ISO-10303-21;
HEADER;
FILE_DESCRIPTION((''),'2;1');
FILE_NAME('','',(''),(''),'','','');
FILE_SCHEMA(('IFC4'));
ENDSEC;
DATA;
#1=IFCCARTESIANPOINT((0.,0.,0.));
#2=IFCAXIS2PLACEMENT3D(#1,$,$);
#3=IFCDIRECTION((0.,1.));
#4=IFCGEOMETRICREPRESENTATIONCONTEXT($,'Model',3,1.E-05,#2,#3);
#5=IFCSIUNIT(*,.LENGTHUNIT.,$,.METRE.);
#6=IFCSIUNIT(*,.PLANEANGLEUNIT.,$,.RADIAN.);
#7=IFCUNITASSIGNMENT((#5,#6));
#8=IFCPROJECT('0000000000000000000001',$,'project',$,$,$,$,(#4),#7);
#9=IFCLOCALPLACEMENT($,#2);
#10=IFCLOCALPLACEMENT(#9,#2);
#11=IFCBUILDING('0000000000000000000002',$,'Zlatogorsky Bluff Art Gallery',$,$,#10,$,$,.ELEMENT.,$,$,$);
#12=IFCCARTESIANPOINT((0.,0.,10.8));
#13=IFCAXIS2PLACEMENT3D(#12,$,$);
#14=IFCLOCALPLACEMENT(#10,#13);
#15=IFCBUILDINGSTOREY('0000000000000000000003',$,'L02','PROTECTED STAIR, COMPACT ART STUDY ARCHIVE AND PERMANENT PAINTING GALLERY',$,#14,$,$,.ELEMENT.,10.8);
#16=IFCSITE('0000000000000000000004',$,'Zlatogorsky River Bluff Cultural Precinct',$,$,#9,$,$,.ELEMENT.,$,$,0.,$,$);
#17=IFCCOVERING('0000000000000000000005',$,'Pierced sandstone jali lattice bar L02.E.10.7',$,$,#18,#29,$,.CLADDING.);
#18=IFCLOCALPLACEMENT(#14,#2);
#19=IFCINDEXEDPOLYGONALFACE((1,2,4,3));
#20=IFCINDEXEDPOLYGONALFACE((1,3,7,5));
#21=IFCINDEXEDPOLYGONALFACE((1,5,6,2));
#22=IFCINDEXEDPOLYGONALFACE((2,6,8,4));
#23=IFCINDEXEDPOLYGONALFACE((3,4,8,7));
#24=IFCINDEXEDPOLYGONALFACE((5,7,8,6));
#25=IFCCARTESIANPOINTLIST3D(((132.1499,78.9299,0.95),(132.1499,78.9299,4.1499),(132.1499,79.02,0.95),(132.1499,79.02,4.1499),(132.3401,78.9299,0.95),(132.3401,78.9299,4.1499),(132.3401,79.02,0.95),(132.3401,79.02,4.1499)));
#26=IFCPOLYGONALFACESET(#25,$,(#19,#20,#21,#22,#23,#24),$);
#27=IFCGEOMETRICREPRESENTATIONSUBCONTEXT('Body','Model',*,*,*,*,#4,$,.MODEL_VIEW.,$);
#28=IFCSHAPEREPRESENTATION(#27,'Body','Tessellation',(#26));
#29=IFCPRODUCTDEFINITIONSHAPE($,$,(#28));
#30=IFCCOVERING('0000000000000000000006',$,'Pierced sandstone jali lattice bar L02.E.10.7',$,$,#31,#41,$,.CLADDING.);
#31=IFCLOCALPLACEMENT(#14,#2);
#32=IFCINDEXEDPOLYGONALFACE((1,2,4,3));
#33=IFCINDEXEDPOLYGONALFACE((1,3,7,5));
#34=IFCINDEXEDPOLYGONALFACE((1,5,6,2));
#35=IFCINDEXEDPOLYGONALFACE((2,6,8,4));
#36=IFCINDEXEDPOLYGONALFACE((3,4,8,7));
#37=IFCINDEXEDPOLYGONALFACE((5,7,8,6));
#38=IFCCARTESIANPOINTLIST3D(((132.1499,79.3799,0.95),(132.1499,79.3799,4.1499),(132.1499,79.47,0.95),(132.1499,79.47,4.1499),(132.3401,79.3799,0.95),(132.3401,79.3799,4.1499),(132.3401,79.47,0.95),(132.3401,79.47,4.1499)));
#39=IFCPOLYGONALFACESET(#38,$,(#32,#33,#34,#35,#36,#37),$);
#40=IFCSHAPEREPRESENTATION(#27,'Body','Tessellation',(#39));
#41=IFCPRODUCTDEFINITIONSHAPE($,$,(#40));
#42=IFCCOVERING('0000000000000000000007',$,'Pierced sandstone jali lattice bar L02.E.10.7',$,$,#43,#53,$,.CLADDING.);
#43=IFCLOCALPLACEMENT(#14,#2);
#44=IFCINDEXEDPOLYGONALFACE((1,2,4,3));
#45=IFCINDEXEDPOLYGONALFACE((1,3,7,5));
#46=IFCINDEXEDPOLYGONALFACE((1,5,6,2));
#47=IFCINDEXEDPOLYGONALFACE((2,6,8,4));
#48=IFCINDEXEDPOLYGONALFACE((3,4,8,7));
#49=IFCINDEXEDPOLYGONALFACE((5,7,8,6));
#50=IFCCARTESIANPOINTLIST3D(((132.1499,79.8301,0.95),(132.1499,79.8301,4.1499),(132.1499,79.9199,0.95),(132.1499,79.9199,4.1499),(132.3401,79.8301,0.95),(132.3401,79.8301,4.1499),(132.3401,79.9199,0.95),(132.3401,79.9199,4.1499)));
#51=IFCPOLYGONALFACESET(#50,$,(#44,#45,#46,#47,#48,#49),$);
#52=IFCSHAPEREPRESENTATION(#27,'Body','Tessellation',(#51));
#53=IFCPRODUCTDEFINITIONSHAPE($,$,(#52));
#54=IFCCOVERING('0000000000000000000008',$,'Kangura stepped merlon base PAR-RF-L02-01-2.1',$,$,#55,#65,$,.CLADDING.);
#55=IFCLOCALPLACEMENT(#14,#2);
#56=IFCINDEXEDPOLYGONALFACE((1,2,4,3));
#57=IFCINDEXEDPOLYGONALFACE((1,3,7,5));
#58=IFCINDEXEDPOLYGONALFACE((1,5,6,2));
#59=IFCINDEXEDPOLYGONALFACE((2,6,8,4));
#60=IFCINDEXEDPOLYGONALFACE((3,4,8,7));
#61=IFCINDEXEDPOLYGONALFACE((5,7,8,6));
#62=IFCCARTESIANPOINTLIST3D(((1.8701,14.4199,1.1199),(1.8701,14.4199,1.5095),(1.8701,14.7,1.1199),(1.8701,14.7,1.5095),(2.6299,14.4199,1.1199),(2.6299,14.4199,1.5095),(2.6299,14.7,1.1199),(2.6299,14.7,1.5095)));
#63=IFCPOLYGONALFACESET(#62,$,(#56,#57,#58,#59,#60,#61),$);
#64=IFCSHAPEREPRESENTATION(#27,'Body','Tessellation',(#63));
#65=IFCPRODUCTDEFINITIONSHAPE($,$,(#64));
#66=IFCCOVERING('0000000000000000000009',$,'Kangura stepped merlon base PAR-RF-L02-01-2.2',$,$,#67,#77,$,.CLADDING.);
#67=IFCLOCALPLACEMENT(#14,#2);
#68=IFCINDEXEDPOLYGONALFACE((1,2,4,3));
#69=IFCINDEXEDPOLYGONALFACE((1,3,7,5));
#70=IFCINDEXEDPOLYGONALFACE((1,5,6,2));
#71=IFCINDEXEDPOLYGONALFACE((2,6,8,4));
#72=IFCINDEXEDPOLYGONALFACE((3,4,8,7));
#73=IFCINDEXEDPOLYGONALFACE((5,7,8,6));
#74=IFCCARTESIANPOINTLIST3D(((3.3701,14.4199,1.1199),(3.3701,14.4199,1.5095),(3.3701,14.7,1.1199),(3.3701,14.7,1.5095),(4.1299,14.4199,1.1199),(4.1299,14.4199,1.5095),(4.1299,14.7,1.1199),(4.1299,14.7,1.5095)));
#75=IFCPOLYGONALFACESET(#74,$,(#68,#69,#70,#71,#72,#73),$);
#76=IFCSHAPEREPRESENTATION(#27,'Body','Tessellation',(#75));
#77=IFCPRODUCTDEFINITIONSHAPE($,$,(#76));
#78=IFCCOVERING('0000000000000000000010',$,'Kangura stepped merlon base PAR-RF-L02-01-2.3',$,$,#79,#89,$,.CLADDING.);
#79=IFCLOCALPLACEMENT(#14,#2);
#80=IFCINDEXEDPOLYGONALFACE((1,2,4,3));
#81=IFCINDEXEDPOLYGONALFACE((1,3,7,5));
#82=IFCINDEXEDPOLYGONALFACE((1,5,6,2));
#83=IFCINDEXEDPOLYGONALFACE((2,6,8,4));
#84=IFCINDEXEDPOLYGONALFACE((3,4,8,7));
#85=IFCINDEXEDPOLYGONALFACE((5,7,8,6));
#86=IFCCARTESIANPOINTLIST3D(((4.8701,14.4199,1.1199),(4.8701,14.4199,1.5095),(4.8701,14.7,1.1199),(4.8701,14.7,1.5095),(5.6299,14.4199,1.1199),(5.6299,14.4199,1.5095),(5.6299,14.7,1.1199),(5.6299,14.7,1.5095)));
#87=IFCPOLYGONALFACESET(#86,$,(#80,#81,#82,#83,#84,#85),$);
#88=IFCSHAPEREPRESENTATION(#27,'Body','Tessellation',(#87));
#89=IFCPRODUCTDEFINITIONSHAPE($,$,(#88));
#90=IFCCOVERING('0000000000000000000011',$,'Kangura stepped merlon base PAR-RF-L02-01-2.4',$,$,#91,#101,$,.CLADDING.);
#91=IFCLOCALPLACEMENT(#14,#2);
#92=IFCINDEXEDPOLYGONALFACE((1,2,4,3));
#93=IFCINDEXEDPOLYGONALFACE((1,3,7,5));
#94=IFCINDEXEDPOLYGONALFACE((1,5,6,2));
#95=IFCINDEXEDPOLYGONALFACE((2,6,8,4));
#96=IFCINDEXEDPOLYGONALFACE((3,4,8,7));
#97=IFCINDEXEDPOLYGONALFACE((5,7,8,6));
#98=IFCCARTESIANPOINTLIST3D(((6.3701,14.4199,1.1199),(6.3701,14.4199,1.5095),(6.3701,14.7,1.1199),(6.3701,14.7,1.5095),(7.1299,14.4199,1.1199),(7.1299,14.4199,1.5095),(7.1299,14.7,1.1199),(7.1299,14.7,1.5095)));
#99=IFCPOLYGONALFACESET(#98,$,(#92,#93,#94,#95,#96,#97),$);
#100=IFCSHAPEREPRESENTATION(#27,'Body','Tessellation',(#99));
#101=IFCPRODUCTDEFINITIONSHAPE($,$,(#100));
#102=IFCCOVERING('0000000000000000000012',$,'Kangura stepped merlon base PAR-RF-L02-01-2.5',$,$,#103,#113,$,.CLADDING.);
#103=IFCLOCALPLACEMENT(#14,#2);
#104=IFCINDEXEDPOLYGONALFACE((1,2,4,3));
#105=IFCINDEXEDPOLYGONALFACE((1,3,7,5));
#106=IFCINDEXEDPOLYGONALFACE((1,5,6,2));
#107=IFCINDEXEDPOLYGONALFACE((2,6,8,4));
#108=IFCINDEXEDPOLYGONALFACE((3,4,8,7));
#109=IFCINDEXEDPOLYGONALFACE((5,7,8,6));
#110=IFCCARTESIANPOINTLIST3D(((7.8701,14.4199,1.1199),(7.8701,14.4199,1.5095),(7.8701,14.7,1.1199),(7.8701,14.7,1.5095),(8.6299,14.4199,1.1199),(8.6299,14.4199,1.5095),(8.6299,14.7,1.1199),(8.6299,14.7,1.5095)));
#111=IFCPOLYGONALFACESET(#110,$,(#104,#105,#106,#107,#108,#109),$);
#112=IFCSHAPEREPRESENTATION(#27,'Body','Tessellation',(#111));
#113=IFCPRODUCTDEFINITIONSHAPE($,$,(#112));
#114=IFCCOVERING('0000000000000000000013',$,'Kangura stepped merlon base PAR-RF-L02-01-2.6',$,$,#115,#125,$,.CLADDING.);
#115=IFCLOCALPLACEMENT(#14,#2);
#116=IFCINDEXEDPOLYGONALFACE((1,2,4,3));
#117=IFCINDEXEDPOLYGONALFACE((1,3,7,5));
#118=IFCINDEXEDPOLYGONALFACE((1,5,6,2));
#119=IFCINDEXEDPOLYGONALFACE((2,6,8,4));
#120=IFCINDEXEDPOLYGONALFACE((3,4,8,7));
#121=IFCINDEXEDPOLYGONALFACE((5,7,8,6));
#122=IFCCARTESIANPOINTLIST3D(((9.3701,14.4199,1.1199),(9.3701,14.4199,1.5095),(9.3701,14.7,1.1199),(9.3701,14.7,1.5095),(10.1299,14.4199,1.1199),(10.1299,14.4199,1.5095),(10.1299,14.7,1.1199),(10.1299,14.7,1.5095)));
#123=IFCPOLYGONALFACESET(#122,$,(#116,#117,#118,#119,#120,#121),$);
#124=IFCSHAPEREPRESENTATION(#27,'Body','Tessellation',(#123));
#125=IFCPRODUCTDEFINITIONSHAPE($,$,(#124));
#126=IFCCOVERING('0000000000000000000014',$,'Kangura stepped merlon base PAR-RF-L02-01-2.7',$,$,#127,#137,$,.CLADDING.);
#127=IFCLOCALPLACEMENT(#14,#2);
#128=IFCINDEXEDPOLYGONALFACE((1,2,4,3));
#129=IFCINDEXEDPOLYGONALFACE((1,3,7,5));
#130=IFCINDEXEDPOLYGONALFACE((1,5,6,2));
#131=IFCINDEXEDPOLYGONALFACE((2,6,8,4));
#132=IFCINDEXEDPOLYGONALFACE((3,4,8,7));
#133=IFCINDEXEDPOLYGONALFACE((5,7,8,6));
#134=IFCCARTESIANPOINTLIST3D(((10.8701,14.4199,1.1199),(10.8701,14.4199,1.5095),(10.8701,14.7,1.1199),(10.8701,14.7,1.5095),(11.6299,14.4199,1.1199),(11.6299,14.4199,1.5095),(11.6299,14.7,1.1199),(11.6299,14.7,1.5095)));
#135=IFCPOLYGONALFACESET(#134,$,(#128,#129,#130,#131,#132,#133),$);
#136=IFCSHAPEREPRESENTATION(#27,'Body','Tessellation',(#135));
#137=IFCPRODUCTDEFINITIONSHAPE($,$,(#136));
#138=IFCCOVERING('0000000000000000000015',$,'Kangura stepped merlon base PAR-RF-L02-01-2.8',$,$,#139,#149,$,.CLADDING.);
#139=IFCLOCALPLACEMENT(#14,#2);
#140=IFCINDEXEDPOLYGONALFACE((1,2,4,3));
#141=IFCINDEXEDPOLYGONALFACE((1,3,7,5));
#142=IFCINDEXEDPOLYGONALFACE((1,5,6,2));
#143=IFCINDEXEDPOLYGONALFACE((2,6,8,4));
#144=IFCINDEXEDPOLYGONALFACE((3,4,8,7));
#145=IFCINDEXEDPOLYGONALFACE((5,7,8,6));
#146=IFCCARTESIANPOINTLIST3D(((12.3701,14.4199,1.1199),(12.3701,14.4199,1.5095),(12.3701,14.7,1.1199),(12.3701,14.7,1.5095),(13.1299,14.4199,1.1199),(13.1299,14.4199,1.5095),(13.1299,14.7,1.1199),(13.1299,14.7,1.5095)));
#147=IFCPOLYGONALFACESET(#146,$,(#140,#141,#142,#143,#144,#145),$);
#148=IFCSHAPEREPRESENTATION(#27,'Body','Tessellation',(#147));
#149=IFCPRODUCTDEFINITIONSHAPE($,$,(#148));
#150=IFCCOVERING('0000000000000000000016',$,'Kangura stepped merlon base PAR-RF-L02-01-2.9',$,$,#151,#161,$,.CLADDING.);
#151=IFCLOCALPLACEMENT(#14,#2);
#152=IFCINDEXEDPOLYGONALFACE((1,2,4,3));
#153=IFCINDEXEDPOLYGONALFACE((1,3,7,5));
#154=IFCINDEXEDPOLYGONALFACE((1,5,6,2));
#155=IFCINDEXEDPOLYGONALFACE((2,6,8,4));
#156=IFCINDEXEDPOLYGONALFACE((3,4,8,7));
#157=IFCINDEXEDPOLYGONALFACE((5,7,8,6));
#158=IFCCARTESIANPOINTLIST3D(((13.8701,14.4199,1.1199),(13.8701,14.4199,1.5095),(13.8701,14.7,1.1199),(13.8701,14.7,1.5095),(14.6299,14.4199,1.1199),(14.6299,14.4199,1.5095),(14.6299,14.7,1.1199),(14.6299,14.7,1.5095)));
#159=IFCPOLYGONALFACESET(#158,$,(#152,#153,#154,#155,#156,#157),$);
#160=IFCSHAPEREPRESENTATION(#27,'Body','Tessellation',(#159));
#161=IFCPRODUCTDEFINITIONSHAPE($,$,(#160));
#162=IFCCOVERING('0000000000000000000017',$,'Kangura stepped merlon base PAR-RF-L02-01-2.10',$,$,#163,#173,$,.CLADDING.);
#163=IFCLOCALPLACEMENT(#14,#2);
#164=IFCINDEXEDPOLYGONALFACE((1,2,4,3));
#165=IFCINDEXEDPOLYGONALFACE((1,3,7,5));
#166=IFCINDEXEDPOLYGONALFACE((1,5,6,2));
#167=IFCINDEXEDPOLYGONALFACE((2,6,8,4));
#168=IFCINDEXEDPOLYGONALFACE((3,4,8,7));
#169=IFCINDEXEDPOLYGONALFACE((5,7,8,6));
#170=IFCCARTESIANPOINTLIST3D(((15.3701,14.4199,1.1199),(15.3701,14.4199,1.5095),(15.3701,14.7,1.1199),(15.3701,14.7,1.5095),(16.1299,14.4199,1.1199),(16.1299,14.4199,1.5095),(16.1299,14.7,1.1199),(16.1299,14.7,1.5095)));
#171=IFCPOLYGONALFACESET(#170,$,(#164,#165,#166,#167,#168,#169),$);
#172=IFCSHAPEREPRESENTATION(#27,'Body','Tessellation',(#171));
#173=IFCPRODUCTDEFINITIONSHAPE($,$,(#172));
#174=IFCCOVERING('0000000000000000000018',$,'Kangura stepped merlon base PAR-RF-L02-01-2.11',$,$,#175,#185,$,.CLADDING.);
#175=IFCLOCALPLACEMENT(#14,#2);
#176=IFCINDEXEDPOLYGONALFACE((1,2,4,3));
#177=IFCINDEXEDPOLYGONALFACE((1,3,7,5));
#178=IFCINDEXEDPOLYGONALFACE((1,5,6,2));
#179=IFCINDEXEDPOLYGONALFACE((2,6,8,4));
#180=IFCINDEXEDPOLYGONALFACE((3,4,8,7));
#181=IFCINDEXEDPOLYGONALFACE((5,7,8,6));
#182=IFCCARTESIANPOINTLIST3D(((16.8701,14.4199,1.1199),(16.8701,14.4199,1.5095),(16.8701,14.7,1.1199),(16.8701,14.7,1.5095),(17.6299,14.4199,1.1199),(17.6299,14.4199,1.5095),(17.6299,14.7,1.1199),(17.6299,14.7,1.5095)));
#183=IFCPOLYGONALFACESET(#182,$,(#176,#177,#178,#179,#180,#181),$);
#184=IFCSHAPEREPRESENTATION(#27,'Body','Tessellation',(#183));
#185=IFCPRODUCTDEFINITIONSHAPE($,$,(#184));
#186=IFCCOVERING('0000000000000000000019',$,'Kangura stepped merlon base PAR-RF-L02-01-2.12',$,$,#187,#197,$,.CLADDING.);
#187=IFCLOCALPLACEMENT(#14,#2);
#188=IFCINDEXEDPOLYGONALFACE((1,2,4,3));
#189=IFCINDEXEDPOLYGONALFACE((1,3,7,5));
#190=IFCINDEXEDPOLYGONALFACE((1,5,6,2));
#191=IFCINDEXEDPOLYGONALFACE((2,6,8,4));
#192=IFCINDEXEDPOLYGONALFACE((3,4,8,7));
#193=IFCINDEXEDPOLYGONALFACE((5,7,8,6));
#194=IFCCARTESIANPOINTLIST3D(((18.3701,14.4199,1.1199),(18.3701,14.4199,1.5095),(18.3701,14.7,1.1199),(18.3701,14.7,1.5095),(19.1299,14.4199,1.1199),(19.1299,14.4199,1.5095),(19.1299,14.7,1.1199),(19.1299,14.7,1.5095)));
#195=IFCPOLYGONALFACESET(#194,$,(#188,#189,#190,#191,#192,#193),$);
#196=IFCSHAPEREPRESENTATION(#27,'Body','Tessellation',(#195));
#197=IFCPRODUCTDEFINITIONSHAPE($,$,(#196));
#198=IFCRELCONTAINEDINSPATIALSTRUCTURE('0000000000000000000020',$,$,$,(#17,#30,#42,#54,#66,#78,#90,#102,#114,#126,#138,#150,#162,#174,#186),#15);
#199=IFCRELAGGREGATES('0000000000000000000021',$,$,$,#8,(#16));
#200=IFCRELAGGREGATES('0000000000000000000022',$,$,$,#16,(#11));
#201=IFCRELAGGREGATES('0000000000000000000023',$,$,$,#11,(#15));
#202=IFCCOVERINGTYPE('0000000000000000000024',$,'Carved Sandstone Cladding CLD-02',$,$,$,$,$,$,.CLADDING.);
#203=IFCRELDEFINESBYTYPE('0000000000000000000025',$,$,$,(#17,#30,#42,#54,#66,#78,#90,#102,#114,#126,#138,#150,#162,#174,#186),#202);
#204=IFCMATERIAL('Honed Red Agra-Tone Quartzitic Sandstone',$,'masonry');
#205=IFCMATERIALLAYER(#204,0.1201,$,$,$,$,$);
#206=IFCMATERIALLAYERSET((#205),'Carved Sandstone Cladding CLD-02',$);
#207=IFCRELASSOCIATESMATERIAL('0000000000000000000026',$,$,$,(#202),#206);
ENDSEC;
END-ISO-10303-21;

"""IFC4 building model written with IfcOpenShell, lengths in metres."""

from ifc_helpers import new_model, si_unit, direction, frame, origin, place, context, subcontext, project, spatial, polyline, outline, extrude, material, layer, layer_set, type_object, element, save


model = new_model("IFC4")

# Units and contexts
model_context = context("Model", 3, precision=1e-05, world=origin(), true_north=direction((0.0, 1.0)))
body_context = subcontext(model_context, "Body", "Model", "MODEL_VIEW")
ifc_project = project(units=[si_unit("LENGTHUNIT", "METRE"), si_unit("PLANEANGLEUNIT", "RADIAN")], contexts=[model_context])

# Site, building, storey
site_placement = place(None, origin())
site = spatial("IfcSite", under=ifc_project, at=site_placement, Name="Zlatogorsky River Bluff Cultural Precinct", CompositionType="ELEMENT", RefElevation=0.0)
building_placement = place(site_placement, origin())
building = spatial("IfcBuilding", under=site, at=building_placement, Name="Zlatogorsky Bluff Art Gallery", CompositionType="ELEMENT")
storey_placement = place(building_placement, frame((0.0, 0.0, 10.8)))
storey = spatial("IfcBuildingStorey", under=building, at=storey_placement, Name="L02", Description="PROTECTED STAIR, COMPACT ART STUDY ARCHIVE AND PERMANENT PAINTING GALLERY", CompositionType="ELEMENT", Elevation=10.8)

# Coverings
ifc_material = material(Name="Honed Red Agra-Tone Quartzitic Sandstone", Category="masonry")
ifc_layer = layer(ifc_material, 0.1201)
ifc_layer_set = layer_set([ifc_layer], Name="Carved Sandstone Cladding CLD-02")
covering_type = type_object("IfcCoveringType", Name="Carved Sandstone Cladding CLD-02", PredefinedType="CLADDING", material=ifc_layer_set)
covering_1_placement = place(storey_placement, frame((0.0, 0.0, 0.95)))
element("IfcCovering", 1, at=covering_1_placement, inside=storey, type_object=covering_type, Name="Pierced sandstone jali lattice bar L02.E.10.7", PredefinedType="CLADDING", context=body_context, shape_type="SweptSolid", body=[
    extrude(outline(polyline([(132.1499, 78.9299), (132.1499, 79.02), (132.3401, 79.02), (132.3401, 78.9299), (132.1499, 78.9299)])), origin(), (0.0, 0.0, 1.0), 3.2),
])
covering_2_placement = place(storey_placement, frame((0.0, 0.0, 0.95)))
element("IfcCovering", 2, at=covering_2_placement, inside=storey, type_object=covering_type, Name="Pierced sandstone jali lattice bar L02.E.10.7", PredefinedType="CLADDING", context=body_context, shape_type="SweptSolid", body=[
    extrude(outline(polyline([(132.1499, 79.3799), (132.1499, 79.47), (132.3401, 79.47), (132.3401, 79.3799), (132.1499, 79.3799)])), origin(), (0.0, 0.0, 1.0), 3.2),
])
covering_3_placement = place(storey_placement, frame((0.0, 0.0, 0.95)))
element("IfcCovering", 3, at=covering_3_placement, inside=storey, type_object=covering_type, Name="Pierced sandstone jali lattice bar L02.E.10.7", PredefinedType="CLADDING", context=body_context, shape_type="SweptSolid", body=[
    extrude(outline(polyline([(132.1499, 79.8301), (132.1499, 79.9199), (132.3401, 79.9199), (132.3401, 79.8301), (132.1499, 79.8301)])), origin(), (0.0, 0.0, 1.0), 3.2),
])
covering_4_placement = place(storey_placement, frame((0.0, 0.0, 1.1199)))
element("IfcCovering", 4, at=covering_4_placement, inside=storey, type_object=covering_type, Name="Kangura stepped merlon base PAR-RF-L02-01-2.1", PredefinedType="CLADDING", context=body_context, shape_type="SweptSolid", body=[
    extrude(outline(polyline([(1.8701, 14.4199), (2.6299, 14.4199), (2.6299, 14.7), (1.8701, 14.7), (1.8701, 14.4199)])), origin(), (0.0, 0.0, 1.0), 0.3896),
])
covering_5_placement = place(storey_placement, frame((0.0, 0.0, 1.1199)))
element("IfcCovering", 5, at=covering_5_placement, inside=storey, type_object=covering_type, Name="Kangura stepped merlon base PAR-RF-L02-01-2.2", PredefinedType="CLADDING", context=body_context, shape_type="SweptSolid", body=[
    extrude(outline(polyline([(3.3701, 14.4199), (4.1299, 14.4199), (4.1299, 14.7), (3.3701, 14.7), (3.3701, 14.4199)])), origin(), (0.0, 0.0, 1.0), 0.3896),
])
covering_6_placement = place(storey_placement, frame((0.0, 0.0, 1.1199)))
element("IfcCovering", 6, at=covering_6_placement, inside=storey, type_object=covering_type, Name="Kangura stepped merlon base PAR-RF-L02-01-2.3", PredefinedType="CLADDING", context=body_context, shape_type="SweptSolid", body=[
    extrude(outline(polyline([(4.8701, 14.4199), (5.6299, 14.4199), (5.6299, 14.7), (4.8701, 14.7), (4.8701, 14.4199)])), origin(), (0.0, 0.0, 1.0), 0.3896),
])
covering_7_placement = place(storey_placement, frame((0.0, 0.0, 1.1199)))
element("IfcCovering", 7, at=covering_7_placement, inside=storey, type_object=covering_type, Name="Kangura stepped merlon base PAR-RF-L02-01-2.4", PredefinedType="CLADDING", context=body_context, shape_type="SweptSolid", body=[
    extrude(outline(polyline([(6.3701, 14.4199), (7.1299, 14.4199), (7.1299, 14.7), (6.3701, 14.7), (6.3701, 14.4199)])), origin(), (0.0, 0.0, 1.0), 0.3896),
])
covering_8_placement = place(storey_placement, frame((0.0, 0.0, 1.1199)))
element("IfcCovering", 8, at=covering_8_placement, inside=storey, type_object=covering_type, Name="Kangura stepped merlon base PAR-RF-L02-01-2.5", PredefinedType="CLADDING", context=body_context, shape_type="SweptSolid", body=[
    extrude(outline(polyline([(7.8701, 14.4199), (8.6299, 14.4199), (8.6299, 14.7), (7.8701, 14.7), (7.8701, 14.4199)])), origin(), (0.0, 0.0, 1.0), 0.3896),
])
covering_9_placement = place(storey_placement, frame((0.0, 0.0, 1.1199)))
element("IfcCovering", 9, at=covering_9_placement, inside=storey, type_object=covering_type, Name="Kangura stepped merlon base PAR-RF-L02-01-2.6", PredefinedType="CLADDING", context=body_context, shape_type="SweptSolid", body=[
    extrude(outline(polyline([(9.3701, 14.4199), (10.1299, 14.4199), (10.1299, 14.7), (9.3701, 14.7), (9.3701, 14.4199)])), origin(), (0.0, 0.0, 1.0), 0.3896),
])
covering_10_placement = place(storey_placement, frame((0.0, 0.0, 1.1199)))
element("IfcCovering", 10, at=covering_10_placement, inside=storey, type_object=covering_type, Name="Kangura stepped merlon base PAR-RF-L02-01-2.7", PredefinedType="CLADDING", context=body_context, shape_type="SweptSolid", body=[
    extrude(outline(polyline([(10.8701, 14.4199), (11.6299, 14.4199), (11.6299, 14.7), (10.8701, 14.7), (10.8701, 14.4199)])), origin(), (0.0, 0.0, 1.0), 0.3896),
])
covering_11_placement = place(storey_placement, frame((0.0, 0.0, 1.1199)))
element("IfcCovering", 11, at=covering_11_placement, inside=storey, type_object=covering_type, Name="Kangura stepped merlon base PAR-RF-L02-01-2.8", PredefinedType="CLADDING", context=body_context, shape_type="SweptSolid", body=[
    extrude(outline(polyline([(12.3701, 14.4199), (13.1299, 14.4199), (13.1299, 14.7), (12.3701, 14.7), (12.3701, 14.4199)])), origin(), (0.0, 0.0, 1.0), 0.3896),
])
covering_12_placement = place(storey_placement, frame((0.0, 0.0, 1.1199)))
element("IfcCovering", 12, at=covering_12_placement, inside=storey, type_object=covering_type, Name="Kangura stepped merlon base PAR-RF-L02-01-2.9", PredefinedType="CLADDING", context=body_context, shape_type="SweptSolid", body=[
    extrude(outline(polyline([(13.8701, 14.4199), (14.6299, 14.4199), (14.6299, 14.7), (13.8701, 14.7), (13.8701, 14.4199)])), origin(), (0.0, 0.0, 1.0), 0.3896),
])
covering_13_placement = place(storey_placement, frame((0.0, 0.0, 1.1199)))
element("IfcCovering", 13, at=covering_13_placement, inside=storey, type_object=covering_type, Name="Kangura stepped merlon base PAR-RF-L02-01-2.10", PredefinedType="CLADDING", context=body_context, shape_type="SweptSolid", body=[
    extrude(outline(polyline([(15.3701, 14.4199), (16.1299, 14.4199), (16.1299, 14.7), (15.3701, 14.7), (15.3701, 14.4199)])), origin(), (0.0, 0.0, 1.0), 0.3896),
])
covering_14_placement = place(storey_placement, frame((0.0, 0.0, 1.1199)))
element("IfcCovering", 14, at=covering_14_placement, inside=storey, type_object=covering_type, Name="Kangura stepped merlon base PAR-RF-L02-01-2.11", PredefinedType="CLADDING", context=body_context, shape_type="SweptSolid", body=[
    extrude(outline(polyline([(16.8701, 14.4199), (17.6299, 14.4199), (17.6299, 14.7), (16.8701, 14.7), (16.8701, 14.4199)])), origin(), (0.0, 0.0, 1.0), 0.3896),
])
covering_15_placement = place(storey_placement, frame((0.0, 0.0, 1.1199)))
element("IfcCovering", 15, at=covering_15_placement, inside=storey, type_object=covering_type, Name="Kangura stepped merlon base PAR-RF-L02-01-2.12", PredefinedType="CLADDING", context=body_context, shape_type="SweptSolid", body=[
    extrude(outline(polyline([(18.3701, 14.4199), (19.1299, 14.4199), (19.1299, 14.7), (18.3701, 14.7), (18.3701, 14.4199)])), origin(), (0.0, 0.0, 1.0), 0.3896),
])

save(model, "model.ifc")
